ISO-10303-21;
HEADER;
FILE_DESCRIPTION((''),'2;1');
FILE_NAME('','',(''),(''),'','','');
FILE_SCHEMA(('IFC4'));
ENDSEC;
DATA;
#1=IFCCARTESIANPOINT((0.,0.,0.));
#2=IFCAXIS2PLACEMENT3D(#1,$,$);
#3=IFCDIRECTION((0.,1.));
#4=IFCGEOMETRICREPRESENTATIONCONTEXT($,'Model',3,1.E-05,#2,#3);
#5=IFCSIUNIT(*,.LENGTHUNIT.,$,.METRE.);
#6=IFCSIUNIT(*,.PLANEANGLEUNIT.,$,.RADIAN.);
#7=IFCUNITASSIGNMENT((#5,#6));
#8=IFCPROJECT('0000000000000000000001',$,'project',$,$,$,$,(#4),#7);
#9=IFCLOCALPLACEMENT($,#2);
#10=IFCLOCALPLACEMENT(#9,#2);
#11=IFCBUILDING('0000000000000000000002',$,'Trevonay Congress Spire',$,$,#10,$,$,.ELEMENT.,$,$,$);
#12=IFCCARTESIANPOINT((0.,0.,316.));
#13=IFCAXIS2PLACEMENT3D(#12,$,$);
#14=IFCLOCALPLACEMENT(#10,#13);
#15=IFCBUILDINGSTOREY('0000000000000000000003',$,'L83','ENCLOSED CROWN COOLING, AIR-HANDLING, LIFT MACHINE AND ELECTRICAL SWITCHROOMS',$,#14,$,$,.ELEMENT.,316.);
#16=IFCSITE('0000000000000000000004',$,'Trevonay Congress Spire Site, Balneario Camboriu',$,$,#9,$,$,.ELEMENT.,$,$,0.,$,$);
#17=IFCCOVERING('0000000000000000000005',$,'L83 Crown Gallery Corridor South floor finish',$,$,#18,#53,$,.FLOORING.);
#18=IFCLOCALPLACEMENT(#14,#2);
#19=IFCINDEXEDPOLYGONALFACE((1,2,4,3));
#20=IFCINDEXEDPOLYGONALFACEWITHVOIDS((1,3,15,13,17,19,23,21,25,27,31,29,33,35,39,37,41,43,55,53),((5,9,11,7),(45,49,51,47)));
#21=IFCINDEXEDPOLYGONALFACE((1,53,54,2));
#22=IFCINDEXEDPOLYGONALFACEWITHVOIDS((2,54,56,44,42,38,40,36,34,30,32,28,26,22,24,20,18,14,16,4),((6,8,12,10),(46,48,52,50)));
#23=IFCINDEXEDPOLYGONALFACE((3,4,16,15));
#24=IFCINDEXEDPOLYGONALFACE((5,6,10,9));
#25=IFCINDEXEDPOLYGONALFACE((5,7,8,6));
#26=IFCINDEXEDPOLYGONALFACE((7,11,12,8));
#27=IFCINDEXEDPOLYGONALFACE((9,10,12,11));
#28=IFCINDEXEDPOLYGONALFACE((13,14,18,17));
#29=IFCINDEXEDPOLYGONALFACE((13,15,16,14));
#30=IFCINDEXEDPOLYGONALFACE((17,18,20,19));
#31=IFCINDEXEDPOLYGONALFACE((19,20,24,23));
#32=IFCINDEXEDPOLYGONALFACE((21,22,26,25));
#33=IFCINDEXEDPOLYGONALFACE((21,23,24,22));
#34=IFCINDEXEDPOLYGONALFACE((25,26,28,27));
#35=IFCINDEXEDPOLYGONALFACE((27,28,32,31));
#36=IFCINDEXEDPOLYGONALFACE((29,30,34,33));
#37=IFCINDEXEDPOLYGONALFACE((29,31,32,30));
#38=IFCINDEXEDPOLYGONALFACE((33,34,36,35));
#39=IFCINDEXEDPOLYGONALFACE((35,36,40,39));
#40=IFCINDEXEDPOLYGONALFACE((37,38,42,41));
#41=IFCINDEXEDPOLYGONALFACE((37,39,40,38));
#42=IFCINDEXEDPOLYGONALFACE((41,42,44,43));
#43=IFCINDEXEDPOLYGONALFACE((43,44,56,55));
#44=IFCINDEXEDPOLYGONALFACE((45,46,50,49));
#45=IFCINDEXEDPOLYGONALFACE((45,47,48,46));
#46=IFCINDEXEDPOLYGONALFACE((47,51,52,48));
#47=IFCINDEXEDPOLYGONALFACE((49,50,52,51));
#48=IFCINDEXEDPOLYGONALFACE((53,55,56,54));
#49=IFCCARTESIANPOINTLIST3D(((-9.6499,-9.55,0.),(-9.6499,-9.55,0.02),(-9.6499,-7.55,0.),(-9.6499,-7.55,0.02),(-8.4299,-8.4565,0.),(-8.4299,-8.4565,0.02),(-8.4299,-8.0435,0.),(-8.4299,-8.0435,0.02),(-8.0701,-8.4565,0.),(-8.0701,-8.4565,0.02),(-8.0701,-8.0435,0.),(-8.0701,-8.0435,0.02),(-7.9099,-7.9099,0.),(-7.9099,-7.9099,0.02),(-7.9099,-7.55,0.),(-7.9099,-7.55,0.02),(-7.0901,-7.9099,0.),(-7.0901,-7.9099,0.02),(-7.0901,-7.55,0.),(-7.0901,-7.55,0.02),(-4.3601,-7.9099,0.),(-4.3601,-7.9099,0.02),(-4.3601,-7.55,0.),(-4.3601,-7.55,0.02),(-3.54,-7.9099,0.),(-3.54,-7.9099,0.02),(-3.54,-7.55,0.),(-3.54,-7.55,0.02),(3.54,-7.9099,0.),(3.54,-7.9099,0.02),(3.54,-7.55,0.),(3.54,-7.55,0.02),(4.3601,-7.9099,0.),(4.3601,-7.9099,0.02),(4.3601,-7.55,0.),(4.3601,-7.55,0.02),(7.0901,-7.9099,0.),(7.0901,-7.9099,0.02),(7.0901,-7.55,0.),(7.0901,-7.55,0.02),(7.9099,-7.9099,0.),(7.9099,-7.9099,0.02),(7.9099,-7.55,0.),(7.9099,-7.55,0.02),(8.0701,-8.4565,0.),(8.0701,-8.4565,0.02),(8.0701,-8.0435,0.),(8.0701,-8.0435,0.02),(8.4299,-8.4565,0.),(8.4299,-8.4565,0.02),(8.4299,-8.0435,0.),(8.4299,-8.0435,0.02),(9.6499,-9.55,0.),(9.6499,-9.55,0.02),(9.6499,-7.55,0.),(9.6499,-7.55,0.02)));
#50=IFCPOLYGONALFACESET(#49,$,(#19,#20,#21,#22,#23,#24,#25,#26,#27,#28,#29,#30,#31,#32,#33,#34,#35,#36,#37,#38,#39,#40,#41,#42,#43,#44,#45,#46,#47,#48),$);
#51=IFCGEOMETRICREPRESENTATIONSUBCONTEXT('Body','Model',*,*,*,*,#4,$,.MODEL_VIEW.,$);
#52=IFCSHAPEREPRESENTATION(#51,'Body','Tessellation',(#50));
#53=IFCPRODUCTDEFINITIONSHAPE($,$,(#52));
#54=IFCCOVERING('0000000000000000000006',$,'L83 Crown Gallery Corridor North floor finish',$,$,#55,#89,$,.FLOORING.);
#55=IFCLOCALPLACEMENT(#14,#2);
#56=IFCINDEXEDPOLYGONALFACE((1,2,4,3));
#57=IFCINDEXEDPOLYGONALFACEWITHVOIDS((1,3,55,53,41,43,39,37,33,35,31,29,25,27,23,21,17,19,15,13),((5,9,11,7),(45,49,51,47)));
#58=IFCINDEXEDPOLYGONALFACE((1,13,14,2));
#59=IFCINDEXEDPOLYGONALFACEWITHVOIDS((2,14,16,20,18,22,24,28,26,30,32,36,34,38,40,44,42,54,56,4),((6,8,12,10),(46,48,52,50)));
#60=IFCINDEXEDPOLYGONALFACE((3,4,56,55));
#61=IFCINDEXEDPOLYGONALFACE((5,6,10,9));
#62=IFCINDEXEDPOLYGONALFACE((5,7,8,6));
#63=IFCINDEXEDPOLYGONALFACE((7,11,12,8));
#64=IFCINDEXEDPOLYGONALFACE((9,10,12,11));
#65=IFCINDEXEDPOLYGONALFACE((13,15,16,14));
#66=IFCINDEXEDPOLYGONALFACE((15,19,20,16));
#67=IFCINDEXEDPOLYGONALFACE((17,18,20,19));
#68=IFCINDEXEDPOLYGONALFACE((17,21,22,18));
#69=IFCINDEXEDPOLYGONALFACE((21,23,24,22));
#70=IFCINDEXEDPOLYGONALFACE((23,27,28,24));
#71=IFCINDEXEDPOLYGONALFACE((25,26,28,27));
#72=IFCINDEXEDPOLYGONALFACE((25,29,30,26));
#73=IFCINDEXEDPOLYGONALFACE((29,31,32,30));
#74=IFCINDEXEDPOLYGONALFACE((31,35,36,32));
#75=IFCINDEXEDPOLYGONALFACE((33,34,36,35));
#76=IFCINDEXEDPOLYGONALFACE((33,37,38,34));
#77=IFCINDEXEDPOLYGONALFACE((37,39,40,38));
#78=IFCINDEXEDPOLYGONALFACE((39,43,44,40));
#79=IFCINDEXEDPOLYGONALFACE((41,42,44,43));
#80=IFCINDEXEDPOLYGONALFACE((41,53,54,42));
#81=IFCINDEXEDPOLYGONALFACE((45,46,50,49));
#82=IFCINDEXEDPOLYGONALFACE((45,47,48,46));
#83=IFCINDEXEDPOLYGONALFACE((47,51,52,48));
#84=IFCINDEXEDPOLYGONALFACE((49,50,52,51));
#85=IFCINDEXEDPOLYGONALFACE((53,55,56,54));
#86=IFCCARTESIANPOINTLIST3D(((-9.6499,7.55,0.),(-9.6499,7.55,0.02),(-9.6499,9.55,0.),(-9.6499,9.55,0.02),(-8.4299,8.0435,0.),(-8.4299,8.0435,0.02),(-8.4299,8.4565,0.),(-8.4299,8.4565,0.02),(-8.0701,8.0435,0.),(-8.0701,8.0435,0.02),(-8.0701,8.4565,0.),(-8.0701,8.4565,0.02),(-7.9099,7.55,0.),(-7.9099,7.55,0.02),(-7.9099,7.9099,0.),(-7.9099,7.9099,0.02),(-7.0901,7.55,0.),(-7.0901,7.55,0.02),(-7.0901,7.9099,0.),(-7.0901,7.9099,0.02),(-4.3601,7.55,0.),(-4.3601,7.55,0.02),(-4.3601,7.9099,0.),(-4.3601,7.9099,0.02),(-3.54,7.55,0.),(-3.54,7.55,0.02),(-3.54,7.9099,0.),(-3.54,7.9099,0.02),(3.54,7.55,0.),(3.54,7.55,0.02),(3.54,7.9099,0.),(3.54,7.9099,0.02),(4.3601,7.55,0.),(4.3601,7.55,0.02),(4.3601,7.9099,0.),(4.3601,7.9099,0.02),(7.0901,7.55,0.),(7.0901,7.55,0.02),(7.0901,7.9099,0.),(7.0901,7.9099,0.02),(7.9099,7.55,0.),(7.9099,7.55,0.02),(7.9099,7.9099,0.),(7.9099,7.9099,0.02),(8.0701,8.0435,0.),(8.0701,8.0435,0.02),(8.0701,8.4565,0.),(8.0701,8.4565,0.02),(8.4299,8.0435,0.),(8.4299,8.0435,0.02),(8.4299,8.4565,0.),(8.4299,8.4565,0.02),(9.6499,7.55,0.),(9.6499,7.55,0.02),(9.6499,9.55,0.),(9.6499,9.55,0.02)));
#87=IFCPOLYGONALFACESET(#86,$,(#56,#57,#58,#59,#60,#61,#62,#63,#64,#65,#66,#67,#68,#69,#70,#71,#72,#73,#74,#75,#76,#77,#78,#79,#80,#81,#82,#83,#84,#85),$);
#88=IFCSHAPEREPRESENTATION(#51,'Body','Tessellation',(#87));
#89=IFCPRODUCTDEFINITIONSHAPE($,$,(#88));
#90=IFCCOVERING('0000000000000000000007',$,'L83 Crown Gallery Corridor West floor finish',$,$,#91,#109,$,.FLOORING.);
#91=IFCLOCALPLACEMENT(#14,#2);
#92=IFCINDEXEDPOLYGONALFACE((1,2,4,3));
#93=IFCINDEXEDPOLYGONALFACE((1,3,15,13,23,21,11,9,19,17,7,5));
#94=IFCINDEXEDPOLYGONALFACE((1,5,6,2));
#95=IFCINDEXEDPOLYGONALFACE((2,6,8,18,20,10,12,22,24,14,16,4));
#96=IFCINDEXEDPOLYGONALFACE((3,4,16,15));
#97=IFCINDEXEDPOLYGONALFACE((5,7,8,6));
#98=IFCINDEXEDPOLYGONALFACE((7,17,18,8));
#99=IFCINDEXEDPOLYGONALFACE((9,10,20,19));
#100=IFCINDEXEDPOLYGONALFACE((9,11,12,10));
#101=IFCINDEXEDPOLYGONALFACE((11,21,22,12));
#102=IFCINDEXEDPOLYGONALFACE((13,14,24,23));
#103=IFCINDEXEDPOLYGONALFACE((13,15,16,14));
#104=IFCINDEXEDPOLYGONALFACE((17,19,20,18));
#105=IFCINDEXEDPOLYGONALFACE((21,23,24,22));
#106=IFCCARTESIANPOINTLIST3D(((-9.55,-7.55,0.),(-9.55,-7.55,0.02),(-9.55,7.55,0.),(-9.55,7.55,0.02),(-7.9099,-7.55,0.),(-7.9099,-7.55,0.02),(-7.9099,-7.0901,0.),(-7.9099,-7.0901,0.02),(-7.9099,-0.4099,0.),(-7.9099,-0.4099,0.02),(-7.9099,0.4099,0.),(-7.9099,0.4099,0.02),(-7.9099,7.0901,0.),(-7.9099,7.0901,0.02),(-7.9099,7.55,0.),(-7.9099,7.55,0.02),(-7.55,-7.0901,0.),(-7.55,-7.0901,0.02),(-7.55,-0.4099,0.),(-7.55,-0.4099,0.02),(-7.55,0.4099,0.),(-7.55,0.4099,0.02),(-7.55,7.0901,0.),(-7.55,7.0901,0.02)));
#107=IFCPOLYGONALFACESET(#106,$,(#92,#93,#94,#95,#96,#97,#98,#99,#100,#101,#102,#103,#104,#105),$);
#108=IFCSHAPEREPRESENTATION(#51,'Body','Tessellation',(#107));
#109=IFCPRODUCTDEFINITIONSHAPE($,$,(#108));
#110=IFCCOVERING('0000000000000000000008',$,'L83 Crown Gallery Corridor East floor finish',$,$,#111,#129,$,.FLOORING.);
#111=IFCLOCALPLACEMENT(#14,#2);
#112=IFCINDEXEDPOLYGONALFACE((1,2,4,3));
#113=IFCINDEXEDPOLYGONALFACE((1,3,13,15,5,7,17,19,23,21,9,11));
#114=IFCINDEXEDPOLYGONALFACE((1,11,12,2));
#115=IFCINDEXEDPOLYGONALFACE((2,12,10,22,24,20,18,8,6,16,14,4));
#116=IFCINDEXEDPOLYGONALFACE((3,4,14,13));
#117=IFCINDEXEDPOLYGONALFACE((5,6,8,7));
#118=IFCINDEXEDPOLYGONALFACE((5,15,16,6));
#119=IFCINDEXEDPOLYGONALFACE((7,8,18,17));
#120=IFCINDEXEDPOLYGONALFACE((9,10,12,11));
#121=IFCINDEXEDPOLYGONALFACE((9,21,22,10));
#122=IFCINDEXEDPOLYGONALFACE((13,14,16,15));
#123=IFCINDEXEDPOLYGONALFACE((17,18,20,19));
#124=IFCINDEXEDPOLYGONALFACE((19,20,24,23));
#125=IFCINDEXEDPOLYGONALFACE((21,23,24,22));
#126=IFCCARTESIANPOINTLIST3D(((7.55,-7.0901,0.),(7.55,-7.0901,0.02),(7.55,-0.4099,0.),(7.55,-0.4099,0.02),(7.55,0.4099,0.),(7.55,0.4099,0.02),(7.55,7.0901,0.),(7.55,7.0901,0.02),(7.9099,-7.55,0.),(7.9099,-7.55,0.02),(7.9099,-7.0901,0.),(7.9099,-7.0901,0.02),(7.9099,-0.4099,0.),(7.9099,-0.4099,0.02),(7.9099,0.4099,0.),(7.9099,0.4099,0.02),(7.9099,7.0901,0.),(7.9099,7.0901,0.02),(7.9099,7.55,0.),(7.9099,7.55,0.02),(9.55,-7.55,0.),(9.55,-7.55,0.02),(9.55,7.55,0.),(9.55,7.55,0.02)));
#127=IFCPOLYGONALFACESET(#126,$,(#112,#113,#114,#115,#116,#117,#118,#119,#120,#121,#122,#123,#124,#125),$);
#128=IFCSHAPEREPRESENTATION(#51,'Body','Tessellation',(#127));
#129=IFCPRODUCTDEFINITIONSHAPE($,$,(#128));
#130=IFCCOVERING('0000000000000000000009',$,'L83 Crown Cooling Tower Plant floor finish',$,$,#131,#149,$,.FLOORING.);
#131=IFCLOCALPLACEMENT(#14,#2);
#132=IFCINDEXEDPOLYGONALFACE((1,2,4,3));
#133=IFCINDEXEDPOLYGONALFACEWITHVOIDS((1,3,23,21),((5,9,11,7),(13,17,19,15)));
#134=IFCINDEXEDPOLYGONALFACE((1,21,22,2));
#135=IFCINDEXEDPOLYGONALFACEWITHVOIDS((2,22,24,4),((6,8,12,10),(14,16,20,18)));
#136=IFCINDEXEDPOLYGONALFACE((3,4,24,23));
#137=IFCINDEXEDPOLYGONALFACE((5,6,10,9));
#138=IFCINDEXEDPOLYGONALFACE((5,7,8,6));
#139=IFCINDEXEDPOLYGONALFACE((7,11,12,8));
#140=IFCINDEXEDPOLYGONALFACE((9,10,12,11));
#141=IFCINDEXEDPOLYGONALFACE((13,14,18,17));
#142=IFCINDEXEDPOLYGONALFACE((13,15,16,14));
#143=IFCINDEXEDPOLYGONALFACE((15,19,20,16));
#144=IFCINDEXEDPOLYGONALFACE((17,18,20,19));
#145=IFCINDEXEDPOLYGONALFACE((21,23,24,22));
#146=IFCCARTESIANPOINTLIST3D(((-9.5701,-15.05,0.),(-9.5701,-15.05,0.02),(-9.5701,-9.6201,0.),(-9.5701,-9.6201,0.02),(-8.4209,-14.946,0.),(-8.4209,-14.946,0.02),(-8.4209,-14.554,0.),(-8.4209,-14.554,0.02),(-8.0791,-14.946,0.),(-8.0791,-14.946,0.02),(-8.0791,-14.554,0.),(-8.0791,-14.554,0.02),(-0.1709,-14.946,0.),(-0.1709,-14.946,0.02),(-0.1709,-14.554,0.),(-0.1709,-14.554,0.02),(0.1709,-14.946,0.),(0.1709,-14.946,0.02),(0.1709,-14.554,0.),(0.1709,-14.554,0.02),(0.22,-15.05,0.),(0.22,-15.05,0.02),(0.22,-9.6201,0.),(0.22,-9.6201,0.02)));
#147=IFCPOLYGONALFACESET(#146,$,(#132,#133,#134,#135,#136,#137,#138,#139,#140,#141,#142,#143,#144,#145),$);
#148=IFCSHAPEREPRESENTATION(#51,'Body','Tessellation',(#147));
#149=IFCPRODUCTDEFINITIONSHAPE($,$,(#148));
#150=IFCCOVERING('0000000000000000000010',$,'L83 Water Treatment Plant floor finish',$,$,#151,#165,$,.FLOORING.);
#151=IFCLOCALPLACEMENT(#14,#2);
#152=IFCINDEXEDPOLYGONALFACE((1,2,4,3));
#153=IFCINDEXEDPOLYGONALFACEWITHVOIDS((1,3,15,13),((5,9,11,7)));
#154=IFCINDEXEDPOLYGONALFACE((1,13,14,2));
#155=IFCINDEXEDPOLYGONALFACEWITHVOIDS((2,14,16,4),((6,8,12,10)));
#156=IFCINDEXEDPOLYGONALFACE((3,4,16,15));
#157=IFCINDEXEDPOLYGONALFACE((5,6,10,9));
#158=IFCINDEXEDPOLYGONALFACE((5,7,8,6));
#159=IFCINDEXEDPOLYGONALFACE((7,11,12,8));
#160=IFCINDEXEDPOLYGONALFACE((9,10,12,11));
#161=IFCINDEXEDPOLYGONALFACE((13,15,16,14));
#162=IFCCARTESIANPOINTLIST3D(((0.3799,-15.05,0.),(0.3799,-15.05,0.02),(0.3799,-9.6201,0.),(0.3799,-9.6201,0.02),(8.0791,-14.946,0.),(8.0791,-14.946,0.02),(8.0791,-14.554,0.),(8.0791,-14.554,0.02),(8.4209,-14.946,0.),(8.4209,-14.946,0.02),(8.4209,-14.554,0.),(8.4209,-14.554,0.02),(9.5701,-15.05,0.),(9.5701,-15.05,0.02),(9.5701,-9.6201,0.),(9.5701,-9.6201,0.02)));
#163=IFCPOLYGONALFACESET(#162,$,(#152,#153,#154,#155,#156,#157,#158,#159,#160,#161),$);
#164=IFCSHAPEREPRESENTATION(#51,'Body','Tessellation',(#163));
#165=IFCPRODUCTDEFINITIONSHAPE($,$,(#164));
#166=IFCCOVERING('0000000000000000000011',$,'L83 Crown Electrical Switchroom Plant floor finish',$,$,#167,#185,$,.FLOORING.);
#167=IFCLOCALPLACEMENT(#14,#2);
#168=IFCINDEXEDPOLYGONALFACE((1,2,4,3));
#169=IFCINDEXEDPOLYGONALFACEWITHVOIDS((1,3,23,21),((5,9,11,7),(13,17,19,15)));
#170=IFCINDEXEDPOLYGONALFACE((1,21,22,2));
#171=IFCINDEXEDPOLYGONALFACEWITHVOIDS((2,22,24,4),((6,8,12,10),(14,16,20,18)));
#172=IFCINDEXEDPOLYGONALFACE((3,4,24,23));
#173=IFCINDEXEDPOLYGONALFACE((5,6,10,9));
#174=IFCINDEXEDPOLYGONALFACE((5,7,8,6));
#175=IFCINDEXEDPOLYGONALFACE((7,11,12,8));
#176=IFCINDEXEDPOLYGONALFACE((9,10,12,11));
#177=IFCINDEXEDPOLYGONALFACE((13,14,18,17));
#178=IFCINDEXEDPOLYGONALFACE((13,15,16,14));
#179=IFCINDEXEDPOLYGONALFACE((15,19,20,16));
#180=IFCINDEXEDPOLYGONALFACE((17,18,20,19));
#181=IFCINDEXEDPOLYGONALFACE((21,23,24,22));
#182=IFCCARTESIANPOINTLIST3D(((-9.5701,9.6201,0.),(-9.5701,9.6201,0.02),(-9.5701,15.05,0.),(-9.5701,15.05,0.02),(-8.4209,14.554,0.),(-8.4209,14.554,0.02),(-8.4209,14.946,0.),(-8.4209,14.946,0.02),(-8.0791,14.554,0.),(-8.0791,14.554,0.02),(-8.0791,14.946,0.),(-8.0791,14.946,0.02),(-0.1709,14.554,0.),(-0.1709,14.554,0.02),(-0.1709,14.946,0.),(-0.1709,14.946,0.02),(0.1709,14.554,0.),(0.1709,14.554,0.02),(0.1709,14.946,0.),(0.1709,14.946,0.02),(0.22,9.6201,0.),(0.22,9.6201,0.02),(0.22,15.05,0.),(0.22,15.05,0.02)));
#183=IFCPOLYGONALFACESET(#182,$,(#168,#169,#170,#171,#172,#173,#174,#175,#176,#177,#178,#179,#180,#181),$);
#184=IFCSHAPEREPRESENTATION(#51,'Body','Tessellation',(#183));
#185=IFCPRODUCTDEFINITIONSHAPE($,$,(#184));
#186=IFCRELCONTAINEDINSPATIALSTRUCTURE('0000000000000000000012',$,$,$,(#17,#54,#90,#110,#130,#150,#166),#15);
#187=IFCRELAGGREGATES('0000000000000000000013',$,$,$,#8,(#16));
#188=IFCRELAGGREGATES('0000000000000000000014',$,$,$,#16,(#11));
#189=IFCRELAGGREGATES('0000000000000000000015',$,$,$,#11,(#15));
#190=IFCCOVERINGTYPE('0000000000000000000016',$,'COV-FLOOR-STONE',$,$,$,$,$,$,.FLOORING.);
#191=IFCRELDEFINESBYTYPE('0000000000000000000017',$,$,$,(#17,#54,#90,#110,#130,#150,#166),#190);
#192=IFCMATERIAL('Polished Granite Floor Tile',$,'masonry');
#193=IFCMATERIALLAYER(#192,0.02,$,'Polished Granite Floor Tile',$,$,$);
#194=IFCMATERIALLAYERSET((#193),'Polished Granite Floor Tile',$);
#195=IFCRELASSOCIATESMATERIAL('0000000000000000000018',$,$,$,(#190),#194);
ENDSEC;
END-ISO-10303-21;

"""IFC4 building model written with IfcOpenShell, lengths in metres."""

from ifc_helpers import new_model, si_unit, direction, frame, origin, place, context, subcontext, project, spatial, polyline, outline, extrude, material, layer, layer_set, type_object, element, save


model = new_model("IFC4")

# Units and contexts
model_context = context("Model", 3, precision=1e-05, world=origin(), true_north=direction((0.0, 1.0)))
body_context = subcontext(model_context, "Body", "Model", "MODEL_VIEW")
ifc_project = project(units=[si_unit("LENGTHUNIT", "METRE"), si_unit("PLANEANGLEUNIT", "RADIAN")], contexts=[model_context])

# Site, building, storey
site_placement = place(None, origin())
site = spatial("IfcSite", under=ifc_project, at=site_placement, Name="Trevonay Congress Spire Site, Balneario Camboriu", CompositionType="ELEMENT", RefElevation=0.0)
building_placement = place(site_placement, origin())
building = spatial("IfcBuilding", under=site, at=building_placement, Name="Trevonay Congress Spire", CompositionType="ELEMENT")
storey_placement = place(building_placement, frame((0.0, 0.0, 316.0)))
storey = spatial("IfcBuildingStorey", under=building, at=storey_placement, Name="L83", Description="ENCLOSED CROWN COOLING, AIR-HANDLING, LIFT MACHINE AND ELECTRICAL SWITCHROOMS", CompositionType="ELEMENT", Elevation=316.0)

# Coverings
ifc_material_1 = material(Name="Polished Granite Floor Tile", Category="masonry")
ifc_layer_1 = layer(ifc_material_1, 0.02, Name="Polished Granite Floor Tile")
ifc_layer_set_1 = layer_set([ifc_layer_1], Name="Polished Granite Floor Tile")
covering_type_1 = type_object("IfcCoveringType", Name="COV-FLOOR-STONE", PredefinedType="FLOORING", material=ifc_layer_set_1)
covering_1_placement = place(storey_placement, origin())
element("IfcCovering", 1, at=covering_1_placement, inside=storey, type_object=covering_type_1, Name="L83 Crown Gallery Corridor South floor finish", PredefinedType="FLOORING", context=body_context, shape_type="SweptSolid", body=[
    extrude(outline(polyline([(9.6499, -7.55), (9.6499, -9.55), (-9.6499, -9.55), (-9.6499, -7.55), (-7.9099, -7.55), (-7.9099, -7.9099), (-7.0901, -7.9099), (-7.0901, -7.55), (-4.3601, -7.55), (-4.3601, -7.9099), (-3.54, -7.9099), (-3.54, -7.55), (3.54, -7.55), (3.54, -7.9099), (4.3601, -7.9099), (4.3601, -7.55), (7.0901, -7.55), (7.0901, -7.9099), (7.9099, -7.9099), (7.9099, -7.55), (9.6499, -7.55)]), holes=[polyline([(-8.4299, -8.0435), (-8.4299, -8.4565), (-8.0701, -8.4565), (-8.0701, -8.0435), (-8.4299, -8.0435)]), polyline([(8.4299, -8.0435), (8.0701, -8.0435), (8.0701, -8.4565), (8.4299, -8.4565), (8.4299, -8.0435)])]), origin(), (0.0, 0.0, 1.0), 0.02),
])
covering_2_placement = place(storey_placement, origin())
element("IfcCovering", 2, at=covering_2_placement, inside=storey, type_object=covering_type_1, Name="L83 Crown Gallery Corridor North floor finish", PredefinedType="FLOORING", context=body_context, shape_type="SweptSolid", body=[
    extrude(outline(polyline([(-9.6499, 7.55), (-9.6499, 9.55), (9.6499, 9.55), (9.6499, 7.55), (7.9099, 7.55), (7.9099, 7.9099), (7.0901, 7.9099), (7.0901, 7.55), (4.3601, 7.55), (4.3601, 7.9099), (3.54, 7.9099), (3.54, 7.55), (-3.54, 7.55), (-3.54, 7.9099), (-4.3601, 7.9099), (-4.3601, 7.55), (-7.0901, 7.55), (-7.0901, 7.9099), (-7.9099, 7.9099), (-7.9099, 7.55), (-9.6499, 7.55)]), holes=[polyline([(-8.0701, 8.4565), (-8.4299, 8.4565), (-8.4299, 8.0435), (-8.0701, 8.0435), (-8.0701, 8.4565)]), polyline([(8.4299, 8.4565), (8.0701, 8.4565), (8.0701, 8.0435), (8.4299, 8.0435), (8.4299, 8.4565)])]), origin(), (0.0, 0.0, 1.0), 0.02),
])
covering_3_placement = place(storey_placement, origin())
element("IfcCovering", 3, at=covering_3_placement, inside=storey, type_object=covering_type_1, Name="L83 Crown Gallery Corridor West floor finish", PredefinedType="FLOORING", context=body_context, shape_type="SweptSolid", body=[
    extrude(outline(polyline([(-9.55, 7.55), (-7.9099, 7.55), (-7.9099, 7.0901), (-7.55, 7.0901), (-7.55, 0.4099), (-7.9099, 0.4099), (-7.9099, -0.4099), (-7.55, -0.4099), (-7.55, -7.0901), (-7.9099, -7.0901), (-7.9099, -7.55), (-9.55, -7.55), (-9.55, 7.55)])), origin(), (0.0, 0.0, 1.0), 0.02),
])
covering_4_placement = place(storey_placement, origin())
element("IfcCovering", 4, at=covering_4_placement, inside=storey, type_object=covering_type_1, Name="L83 Crown Gallery Corridor East floor finish", PredefinedType="FLOORING", context=body_context, shape_type="SweptSolid", body=[
    extrude(outline(polyline([(9.55, -7.55), (7.9099, -7.55), (7.9099, -7.0901), (7.55, -7.0901), (7.55, -0.4099), (7.9099, -0.4099), (7.9099, 0.4099), (7.55, 0.4099), (7.55, 7.0901), (7.9099, 7.0901), (7.9099, 7.55), (9.55, 7.55), (9.55, -7.55)])), origin(), (0.0, 0.0, 1.0), 0.02),
])
covering_5_placement = place(storey_placement, origin())
element("IfcCovering", 5, at=covering_5_placement, inside=storey, type_object=covering_type_1, Name="L83 Crown Cooling Tower Plant floor finish", PredefinedType="FLOORING", context=body_context, shape_type="SweptSolid", body=[
    extrude(outline(polyline([(-9.5701, -9.6201), (0.22, -9.6201), (0.22, -15.05), (-9.5701, -15.05), (-9.5701, -9.6201)]), holes=[polyline([(-8.4209, -14.946), (-8.0791, -14.946), (-8.0791, -14.554), (-8.4209, -14.554), (-8.4209, -14.946)]), polyline([(-0.1709, -14.946), (0.1709, -14.946), (0.1709, -14.554), (-0.1709, -14.554), (-0.1709, -14.946)])]), origin(), (0.0, 0.0, 1.0), 0.02),
])
covering_6_placement = place(storey_placement, origin())
element("IfcCovering", 6, at=covering_6_placement, inside=storey, type_object=covering_type_1, Name="L83 Water Treatment Plant floor finish", PredefinedType="FLOORING", context=body_context, shape_type="SweptSolid", body=[
    extrude(outline(polyline([(0.3799, -9.6201), (9.5701, -9.6201), (9.5701, -15.05), (0.3799, -15.05), (0.3799, -9.6201)]), holes=[polyline([(8.4209, -14.946), (8.4209, -14.554), (8.0791, -14.554), (8.0791, -14.946), (8.4209, -14.946)])]), origin(), (0.0, 0.0, 1.0), 0.02),
])
covering_7_placement = place(storey_placement, origin())
element("IfcCovering", 7, at=covering_7_placement, inside=storey, type_object=covering_type_1, Name="L83 Crown Electrical Switchroom Plant floor finish", PredefinedType="FLOORING", context=body_context, shape_type="SweptSolid", body=[
    extrude(outline(polyline([(-9.5701, 15.05), (0.22, 15.05), (0.22, 9.6201), (-9.5701, 9.6201), (-9.5701, 15.05)]), holes=[polyline([(-8.4209, 14.554), (-8.0791, 14.554), (-8.0791, 14.946), (-8.4209, 14.946), (-8.4209, 14.554)]), polyline([(-0.1709, 14.554), (0.1709, 14.554), (0.1709, 14.946), (-0.1709, 14.946), (-0.1709, 14.554)])]), origin(), (0.0, 0.0, 1.0), 0.02),
])

save(model, "model.ifc")
